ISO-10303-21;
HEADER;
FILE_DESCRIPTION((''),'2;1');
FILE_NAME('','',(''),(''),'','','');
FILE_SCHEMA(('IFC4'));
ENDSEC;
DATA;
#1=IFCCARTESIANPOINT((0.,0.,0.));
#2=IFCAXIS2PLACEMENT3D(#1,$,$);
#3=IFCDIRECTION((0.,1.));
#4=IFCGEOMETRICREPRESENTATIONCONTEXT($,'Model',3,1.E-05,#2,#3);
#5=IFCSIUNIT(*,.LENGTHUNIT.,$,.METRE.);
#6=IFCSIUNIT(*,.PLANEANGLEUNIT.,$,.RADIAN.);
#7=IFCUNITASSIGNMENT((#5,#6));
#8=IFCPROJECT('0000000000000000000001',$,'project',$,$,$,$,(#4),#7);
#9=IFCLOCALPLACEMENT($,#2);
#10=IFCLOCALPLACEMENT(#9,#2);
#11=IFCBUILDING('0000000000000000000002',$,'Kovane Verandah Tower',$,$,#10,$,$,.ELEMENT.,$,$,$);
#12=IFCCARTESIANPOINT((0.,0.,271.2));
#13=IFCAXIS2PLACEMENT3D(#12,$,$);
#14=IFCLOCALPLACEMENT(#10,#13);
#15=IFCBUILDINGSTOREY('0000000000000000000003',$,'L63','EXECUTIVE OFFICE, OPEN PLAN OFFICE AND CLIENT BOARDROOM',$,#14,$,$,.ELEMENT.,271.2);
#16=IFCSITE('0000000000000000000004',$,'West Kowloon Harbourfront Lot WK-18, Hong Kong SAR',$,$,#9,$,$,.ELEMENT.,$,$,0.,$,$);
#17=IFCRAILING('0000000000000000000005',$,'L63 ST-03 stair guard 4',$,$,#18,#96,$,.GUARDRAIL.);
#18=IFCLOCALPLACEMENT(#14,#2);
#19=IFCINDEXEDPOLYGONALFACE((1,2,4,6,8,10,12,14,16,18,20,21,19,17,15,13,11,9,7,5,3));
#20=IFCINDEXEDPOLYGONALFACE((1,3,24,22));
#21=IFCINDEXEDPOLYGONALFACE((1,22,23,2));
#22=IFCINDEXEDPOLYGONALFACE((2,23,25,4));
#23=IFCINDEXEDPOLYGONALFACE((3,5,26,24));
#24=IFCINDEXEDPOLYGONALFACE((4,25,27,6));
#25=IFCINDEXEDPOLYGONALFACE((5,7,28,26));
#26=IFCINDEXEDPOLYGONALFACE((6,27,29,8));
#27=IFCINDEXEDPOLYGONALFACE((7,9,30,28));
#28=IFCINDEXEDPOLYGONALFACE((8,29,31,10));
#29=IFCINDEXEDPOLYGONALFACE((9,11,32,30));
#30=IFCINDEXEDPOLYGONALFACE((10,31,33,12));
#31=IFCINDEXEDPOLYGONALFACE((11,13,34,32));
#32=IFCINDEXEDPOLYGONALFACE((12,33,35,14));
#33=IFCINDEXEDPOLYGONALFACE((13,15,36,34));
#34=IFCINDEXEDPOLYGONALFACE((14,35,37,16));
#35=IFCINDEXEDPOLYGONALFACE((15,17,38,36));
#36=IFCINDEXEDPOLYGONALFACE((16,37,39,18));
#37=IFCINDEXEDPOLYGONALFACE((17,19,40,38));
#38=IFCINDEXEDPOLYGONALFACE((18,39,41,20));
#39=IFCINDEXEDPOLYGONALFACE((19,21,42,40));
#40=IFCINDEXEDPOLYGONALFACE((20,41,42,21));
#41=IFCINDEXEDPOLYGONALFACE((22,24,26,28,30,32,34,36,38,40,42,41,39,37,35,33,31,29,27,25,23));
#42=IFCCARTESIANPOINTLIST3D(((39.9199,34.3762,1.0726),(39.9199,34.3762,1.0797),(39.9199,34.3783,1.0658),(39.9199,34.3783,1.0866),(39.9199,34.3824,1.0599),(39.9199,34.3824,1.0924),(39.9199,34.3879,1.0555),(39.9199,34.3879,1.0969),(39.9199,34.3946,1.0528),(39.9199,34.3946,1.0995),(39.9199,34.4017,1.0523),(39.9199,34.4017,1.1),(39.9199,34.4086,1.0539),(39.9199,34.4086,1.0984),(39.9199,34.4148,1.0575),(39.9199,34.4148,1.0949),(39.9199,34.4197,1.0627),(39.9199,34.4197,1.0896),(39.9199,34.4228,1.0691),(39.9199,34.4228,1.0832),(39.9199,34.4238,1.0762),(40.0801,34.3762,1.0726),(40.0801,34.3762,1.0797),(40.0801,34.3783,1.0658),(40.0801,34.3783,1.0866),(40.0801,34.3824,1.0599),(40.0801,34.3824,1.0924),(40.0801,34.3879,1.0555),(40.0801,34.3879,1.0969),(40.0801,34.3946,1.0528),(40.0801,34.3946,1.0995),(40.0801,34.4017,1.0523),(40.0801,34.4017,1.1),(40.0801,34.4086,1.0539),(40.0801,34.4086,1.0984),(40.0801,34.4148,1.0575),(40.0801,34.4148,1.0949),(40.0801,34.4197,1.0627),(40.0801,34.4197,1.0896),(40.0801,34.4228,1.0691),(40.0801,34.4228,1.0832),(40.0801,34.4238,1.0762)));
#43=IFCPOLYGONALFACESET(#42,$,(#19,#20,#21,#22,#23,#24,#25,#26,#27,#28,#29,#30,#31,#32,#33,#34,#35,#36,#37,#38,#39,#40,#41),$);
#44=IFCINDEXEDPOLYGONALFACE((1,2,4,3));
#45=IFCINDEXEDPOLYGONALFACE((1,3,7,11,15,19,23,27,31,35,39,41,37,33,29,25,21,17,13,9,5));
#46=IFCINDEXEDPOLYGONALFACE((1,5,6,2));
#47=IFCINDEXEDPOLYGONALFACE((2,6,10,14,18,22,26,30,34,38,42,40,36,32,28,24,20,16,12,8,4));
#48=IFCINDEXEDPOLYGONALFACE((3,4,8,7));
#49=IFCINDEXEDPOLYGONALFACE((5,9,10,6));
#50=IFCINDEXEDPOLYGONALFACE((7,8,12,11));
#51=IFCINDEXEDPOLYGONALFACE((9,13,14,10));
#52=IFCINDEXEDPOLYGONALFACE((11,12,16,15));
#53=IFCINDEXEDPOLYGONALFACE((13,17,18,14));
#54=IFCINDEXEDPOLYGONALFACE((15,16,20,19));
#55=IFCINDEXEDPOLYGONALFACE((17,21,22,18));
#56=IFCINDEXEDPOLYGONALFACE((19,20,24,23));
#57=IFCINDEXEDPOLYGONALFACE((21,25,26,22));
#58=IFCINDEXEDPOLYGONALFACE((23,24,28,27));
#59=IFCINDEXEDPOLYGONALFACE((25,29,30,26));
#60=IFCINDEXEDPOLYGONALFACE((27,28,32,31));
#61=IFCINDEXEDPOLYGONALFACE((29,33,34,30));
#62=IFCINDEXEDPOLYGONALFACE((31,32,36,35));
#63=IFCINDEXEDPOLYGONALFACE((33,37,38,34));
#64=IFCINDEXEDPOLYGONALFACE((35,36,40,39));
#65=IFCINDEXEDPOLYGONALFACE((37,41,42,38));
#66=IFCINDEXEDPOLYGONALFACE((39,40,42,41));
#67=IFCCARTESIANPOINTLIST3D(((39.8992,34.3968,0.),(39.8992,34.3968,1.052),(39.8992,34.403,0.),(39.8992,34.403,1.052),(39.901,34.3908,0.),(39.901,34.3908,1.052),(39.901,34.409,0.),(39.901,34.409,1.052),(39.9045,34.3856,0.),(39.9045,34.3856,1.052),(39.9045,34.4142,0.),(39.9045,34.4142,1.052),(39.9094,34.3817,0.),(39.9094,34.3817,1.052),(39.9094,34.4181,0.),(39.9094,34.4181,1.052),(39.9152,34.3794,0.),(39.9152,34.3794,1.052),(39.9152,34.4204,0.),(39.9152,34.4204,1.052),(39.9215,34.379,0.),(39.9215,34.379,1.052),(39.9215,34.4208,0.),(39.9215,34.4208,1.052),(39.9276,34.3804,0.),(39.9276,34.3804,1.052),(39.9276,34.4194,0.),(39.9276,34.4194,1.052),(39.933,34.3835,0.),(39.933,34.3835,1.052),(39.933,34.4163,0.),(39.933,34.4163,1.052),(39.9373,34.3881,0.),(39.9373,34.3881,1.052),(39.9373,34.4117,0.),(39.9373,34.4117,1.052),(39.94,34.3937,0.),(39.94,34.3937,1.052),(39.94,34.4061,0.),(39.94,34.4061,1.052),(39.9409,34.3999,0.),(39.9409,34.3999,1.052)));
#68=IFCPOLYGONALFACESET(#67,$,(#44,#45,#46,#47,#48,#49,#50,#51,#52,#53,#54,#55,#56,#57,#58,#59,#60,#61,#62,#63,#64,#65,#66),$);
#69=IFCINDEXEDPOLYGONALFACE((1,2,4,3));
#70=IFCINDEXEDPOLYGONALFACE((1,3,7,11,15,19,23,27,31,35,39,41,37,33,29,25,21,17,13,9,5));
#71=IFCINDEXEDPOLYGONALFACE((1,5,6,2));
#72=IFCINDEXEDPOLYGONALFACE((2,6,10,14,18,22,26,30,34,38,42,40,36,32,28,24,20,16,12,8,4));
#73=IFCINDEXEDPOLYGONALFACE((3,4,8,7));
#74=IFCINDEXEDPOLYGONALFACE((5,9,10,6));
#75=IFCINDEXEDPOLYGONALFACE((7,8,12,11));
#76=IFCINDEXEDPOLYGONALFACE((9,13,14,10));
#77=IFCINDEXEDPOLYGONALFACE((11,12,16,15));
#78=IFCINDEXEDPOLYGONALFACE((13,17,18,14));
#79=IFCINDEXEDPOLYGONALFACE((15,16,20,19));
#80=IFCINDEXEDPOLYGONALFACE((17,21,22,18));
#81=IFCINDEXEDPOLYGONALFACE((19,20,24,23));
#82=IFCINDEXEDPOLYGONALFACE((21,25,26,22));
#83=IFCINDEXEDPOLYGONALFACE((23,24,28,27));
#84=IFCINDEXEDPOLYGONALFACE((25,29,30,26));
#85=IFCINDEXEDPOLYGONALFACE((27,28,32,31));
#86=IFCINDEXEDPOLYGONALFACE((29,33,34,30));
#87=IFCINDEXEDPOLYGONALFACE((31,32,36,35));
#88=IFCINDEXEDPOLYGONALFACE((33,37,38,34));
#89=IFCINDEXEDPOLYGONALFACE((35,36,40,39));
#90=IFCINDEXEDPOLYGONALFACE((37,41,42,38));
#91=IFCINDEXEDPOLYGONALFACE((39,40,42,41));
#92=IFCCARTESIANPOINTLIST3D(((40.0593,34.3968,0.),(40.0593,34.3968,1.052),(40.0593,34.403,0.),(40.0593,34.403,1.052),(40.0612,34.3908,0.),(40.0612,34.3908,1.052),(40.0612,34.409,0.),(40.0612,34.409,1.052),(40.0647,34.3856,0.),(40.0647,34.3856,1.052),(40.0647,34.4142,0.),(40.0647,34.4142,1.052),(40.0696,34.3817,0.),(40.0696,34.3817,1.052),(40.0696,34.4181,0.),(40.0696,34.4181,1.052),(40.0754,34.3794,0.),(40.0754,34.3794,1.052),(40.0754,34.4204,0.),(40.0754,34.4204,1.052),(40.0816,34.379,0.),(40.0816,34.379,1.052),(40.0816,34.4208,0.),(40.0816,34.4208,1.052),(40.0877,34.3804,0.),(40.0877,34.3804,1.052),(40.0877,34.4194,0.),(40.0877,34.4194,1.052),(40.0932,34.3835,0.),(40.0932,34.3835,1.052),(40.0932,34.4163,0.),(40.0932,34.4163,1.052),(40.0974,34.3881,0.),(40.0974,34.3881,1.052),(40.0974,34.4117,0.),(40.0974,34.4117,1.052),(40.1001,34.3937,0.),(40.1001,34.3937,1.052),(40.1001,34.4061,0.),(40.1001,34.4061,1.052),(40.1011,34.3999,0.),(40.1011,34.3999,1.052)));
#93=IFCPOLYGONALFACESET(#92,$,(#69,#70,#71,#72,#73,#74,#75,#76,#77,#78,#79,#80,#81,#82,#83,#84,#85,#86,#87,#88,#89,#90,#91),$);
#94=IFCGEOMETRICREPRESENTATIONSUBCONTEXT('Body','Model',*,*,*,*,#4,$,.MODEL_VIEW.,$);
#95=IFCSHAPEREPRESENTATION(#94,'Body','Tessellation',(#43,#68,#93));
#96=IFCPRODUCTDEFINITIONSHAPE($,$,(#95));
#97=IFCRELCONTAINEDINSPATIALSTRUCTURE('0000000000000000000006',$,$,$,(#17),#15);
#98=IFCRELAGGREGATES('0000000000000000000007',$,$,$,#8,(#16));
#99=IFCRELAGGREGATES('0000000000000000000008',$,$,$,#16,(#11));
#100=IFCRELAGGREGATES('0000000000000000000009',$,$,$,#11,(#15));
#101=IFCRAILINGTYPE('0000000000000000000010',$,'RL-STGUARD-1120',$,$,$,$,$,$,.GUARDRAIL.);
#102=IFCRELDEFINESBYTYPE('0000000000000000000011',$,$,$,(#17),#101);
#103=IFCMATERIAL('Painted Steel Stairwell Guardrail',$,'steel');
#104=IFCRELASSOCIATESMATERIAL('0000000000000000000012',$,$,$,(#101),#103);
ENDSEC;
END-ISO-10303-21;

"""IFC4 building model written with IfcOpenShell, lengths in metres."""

from ifc_helpers import new_model, si_unit, direction, frame, origin, origin_2d, place, context, subcontext, project, spatial, circle, extrude, material, type_object, element, save


model = new_model("IFC4")

# Units and contexts
model_context = context("Model", 3, precision=1e-05, world=origin(), true_north=direction((0.0, 1.0)))
body_context = subcontext(model_context, "Body", "Model", "MODEL_VIEW")
ifc_project = project(units=[si_unit("LENGTHUNIT", "METRE"), si_unit("PLANEANGLEUNIT", "RADIAN")], contexts=[model_context])

# Site, building, storey
site_placement = place(None, origin())
site = spatial("IfcSite", under=ifc_project, at=site_placement, Name="West Kowloon Harbourfront Lot WK-18, Hong Kong SAR", CompositionType="ELEMENT", RefElevation=0.0)
building_placement = place(site_placement, origin())
building = spatial("IfcBuilding", under=site, at=building_placement, Name="Kovane Verandah Tower", CompositionType="ELEMENT")
storey_placement = place(building_placement, frame((0.0, 0.0, 271.2)))
storey = spatial("IfcBuildingStorey", under=building, at=storey_placement, Name="L63", Description="EXECUTIVE OFFICE, OPEN PLAN OFFICE AND CLIENT BOARDROOM", CompositionType="ELEMENT", Elevation=271.2)

# Railing
ifc_material_1 = material(Name="Painted Steel Stairwell Guardrail", Category="steel")
railing_type = type_object("IfcRailingType", Name="RL-STGUARD-1120", PredefinedType="GUARDRAIL", material=ifc_material_1)
railing_1_placement = place(storey_placement, frame((39.9199, 34.3999, 0.0)))
element("IfcRailing", 1, at=railing_1_placement, inside=storey, type_object=railing_type, Name="L63 ST-03 stair guard 4", PredefinedType="GUARDRAIL", context=body_context, shape_type="SweptSolid", body=[
    extrude(circle(Radius=0.0239, at=origin_2d()), frame((0.0, 0.0, 1.0762), z_axis=(1.0, 0.0, 0.0), x_axis=(0.0, 1.0, 0.0)), (0.0, 0.0, 1.0), 0.1602),
    extrude(circle(Radius=0.021, at=origin_2d()), origin(), (0.0, 0.0, 1.0), 1.052),
    extrude(circle(Radius=0.021, at=origin_2d()), frame((0.1602, 0.0, 0.0)), (0.0, 0.0, 1.0), 1.052),
])

save(model, "model.ifc")
